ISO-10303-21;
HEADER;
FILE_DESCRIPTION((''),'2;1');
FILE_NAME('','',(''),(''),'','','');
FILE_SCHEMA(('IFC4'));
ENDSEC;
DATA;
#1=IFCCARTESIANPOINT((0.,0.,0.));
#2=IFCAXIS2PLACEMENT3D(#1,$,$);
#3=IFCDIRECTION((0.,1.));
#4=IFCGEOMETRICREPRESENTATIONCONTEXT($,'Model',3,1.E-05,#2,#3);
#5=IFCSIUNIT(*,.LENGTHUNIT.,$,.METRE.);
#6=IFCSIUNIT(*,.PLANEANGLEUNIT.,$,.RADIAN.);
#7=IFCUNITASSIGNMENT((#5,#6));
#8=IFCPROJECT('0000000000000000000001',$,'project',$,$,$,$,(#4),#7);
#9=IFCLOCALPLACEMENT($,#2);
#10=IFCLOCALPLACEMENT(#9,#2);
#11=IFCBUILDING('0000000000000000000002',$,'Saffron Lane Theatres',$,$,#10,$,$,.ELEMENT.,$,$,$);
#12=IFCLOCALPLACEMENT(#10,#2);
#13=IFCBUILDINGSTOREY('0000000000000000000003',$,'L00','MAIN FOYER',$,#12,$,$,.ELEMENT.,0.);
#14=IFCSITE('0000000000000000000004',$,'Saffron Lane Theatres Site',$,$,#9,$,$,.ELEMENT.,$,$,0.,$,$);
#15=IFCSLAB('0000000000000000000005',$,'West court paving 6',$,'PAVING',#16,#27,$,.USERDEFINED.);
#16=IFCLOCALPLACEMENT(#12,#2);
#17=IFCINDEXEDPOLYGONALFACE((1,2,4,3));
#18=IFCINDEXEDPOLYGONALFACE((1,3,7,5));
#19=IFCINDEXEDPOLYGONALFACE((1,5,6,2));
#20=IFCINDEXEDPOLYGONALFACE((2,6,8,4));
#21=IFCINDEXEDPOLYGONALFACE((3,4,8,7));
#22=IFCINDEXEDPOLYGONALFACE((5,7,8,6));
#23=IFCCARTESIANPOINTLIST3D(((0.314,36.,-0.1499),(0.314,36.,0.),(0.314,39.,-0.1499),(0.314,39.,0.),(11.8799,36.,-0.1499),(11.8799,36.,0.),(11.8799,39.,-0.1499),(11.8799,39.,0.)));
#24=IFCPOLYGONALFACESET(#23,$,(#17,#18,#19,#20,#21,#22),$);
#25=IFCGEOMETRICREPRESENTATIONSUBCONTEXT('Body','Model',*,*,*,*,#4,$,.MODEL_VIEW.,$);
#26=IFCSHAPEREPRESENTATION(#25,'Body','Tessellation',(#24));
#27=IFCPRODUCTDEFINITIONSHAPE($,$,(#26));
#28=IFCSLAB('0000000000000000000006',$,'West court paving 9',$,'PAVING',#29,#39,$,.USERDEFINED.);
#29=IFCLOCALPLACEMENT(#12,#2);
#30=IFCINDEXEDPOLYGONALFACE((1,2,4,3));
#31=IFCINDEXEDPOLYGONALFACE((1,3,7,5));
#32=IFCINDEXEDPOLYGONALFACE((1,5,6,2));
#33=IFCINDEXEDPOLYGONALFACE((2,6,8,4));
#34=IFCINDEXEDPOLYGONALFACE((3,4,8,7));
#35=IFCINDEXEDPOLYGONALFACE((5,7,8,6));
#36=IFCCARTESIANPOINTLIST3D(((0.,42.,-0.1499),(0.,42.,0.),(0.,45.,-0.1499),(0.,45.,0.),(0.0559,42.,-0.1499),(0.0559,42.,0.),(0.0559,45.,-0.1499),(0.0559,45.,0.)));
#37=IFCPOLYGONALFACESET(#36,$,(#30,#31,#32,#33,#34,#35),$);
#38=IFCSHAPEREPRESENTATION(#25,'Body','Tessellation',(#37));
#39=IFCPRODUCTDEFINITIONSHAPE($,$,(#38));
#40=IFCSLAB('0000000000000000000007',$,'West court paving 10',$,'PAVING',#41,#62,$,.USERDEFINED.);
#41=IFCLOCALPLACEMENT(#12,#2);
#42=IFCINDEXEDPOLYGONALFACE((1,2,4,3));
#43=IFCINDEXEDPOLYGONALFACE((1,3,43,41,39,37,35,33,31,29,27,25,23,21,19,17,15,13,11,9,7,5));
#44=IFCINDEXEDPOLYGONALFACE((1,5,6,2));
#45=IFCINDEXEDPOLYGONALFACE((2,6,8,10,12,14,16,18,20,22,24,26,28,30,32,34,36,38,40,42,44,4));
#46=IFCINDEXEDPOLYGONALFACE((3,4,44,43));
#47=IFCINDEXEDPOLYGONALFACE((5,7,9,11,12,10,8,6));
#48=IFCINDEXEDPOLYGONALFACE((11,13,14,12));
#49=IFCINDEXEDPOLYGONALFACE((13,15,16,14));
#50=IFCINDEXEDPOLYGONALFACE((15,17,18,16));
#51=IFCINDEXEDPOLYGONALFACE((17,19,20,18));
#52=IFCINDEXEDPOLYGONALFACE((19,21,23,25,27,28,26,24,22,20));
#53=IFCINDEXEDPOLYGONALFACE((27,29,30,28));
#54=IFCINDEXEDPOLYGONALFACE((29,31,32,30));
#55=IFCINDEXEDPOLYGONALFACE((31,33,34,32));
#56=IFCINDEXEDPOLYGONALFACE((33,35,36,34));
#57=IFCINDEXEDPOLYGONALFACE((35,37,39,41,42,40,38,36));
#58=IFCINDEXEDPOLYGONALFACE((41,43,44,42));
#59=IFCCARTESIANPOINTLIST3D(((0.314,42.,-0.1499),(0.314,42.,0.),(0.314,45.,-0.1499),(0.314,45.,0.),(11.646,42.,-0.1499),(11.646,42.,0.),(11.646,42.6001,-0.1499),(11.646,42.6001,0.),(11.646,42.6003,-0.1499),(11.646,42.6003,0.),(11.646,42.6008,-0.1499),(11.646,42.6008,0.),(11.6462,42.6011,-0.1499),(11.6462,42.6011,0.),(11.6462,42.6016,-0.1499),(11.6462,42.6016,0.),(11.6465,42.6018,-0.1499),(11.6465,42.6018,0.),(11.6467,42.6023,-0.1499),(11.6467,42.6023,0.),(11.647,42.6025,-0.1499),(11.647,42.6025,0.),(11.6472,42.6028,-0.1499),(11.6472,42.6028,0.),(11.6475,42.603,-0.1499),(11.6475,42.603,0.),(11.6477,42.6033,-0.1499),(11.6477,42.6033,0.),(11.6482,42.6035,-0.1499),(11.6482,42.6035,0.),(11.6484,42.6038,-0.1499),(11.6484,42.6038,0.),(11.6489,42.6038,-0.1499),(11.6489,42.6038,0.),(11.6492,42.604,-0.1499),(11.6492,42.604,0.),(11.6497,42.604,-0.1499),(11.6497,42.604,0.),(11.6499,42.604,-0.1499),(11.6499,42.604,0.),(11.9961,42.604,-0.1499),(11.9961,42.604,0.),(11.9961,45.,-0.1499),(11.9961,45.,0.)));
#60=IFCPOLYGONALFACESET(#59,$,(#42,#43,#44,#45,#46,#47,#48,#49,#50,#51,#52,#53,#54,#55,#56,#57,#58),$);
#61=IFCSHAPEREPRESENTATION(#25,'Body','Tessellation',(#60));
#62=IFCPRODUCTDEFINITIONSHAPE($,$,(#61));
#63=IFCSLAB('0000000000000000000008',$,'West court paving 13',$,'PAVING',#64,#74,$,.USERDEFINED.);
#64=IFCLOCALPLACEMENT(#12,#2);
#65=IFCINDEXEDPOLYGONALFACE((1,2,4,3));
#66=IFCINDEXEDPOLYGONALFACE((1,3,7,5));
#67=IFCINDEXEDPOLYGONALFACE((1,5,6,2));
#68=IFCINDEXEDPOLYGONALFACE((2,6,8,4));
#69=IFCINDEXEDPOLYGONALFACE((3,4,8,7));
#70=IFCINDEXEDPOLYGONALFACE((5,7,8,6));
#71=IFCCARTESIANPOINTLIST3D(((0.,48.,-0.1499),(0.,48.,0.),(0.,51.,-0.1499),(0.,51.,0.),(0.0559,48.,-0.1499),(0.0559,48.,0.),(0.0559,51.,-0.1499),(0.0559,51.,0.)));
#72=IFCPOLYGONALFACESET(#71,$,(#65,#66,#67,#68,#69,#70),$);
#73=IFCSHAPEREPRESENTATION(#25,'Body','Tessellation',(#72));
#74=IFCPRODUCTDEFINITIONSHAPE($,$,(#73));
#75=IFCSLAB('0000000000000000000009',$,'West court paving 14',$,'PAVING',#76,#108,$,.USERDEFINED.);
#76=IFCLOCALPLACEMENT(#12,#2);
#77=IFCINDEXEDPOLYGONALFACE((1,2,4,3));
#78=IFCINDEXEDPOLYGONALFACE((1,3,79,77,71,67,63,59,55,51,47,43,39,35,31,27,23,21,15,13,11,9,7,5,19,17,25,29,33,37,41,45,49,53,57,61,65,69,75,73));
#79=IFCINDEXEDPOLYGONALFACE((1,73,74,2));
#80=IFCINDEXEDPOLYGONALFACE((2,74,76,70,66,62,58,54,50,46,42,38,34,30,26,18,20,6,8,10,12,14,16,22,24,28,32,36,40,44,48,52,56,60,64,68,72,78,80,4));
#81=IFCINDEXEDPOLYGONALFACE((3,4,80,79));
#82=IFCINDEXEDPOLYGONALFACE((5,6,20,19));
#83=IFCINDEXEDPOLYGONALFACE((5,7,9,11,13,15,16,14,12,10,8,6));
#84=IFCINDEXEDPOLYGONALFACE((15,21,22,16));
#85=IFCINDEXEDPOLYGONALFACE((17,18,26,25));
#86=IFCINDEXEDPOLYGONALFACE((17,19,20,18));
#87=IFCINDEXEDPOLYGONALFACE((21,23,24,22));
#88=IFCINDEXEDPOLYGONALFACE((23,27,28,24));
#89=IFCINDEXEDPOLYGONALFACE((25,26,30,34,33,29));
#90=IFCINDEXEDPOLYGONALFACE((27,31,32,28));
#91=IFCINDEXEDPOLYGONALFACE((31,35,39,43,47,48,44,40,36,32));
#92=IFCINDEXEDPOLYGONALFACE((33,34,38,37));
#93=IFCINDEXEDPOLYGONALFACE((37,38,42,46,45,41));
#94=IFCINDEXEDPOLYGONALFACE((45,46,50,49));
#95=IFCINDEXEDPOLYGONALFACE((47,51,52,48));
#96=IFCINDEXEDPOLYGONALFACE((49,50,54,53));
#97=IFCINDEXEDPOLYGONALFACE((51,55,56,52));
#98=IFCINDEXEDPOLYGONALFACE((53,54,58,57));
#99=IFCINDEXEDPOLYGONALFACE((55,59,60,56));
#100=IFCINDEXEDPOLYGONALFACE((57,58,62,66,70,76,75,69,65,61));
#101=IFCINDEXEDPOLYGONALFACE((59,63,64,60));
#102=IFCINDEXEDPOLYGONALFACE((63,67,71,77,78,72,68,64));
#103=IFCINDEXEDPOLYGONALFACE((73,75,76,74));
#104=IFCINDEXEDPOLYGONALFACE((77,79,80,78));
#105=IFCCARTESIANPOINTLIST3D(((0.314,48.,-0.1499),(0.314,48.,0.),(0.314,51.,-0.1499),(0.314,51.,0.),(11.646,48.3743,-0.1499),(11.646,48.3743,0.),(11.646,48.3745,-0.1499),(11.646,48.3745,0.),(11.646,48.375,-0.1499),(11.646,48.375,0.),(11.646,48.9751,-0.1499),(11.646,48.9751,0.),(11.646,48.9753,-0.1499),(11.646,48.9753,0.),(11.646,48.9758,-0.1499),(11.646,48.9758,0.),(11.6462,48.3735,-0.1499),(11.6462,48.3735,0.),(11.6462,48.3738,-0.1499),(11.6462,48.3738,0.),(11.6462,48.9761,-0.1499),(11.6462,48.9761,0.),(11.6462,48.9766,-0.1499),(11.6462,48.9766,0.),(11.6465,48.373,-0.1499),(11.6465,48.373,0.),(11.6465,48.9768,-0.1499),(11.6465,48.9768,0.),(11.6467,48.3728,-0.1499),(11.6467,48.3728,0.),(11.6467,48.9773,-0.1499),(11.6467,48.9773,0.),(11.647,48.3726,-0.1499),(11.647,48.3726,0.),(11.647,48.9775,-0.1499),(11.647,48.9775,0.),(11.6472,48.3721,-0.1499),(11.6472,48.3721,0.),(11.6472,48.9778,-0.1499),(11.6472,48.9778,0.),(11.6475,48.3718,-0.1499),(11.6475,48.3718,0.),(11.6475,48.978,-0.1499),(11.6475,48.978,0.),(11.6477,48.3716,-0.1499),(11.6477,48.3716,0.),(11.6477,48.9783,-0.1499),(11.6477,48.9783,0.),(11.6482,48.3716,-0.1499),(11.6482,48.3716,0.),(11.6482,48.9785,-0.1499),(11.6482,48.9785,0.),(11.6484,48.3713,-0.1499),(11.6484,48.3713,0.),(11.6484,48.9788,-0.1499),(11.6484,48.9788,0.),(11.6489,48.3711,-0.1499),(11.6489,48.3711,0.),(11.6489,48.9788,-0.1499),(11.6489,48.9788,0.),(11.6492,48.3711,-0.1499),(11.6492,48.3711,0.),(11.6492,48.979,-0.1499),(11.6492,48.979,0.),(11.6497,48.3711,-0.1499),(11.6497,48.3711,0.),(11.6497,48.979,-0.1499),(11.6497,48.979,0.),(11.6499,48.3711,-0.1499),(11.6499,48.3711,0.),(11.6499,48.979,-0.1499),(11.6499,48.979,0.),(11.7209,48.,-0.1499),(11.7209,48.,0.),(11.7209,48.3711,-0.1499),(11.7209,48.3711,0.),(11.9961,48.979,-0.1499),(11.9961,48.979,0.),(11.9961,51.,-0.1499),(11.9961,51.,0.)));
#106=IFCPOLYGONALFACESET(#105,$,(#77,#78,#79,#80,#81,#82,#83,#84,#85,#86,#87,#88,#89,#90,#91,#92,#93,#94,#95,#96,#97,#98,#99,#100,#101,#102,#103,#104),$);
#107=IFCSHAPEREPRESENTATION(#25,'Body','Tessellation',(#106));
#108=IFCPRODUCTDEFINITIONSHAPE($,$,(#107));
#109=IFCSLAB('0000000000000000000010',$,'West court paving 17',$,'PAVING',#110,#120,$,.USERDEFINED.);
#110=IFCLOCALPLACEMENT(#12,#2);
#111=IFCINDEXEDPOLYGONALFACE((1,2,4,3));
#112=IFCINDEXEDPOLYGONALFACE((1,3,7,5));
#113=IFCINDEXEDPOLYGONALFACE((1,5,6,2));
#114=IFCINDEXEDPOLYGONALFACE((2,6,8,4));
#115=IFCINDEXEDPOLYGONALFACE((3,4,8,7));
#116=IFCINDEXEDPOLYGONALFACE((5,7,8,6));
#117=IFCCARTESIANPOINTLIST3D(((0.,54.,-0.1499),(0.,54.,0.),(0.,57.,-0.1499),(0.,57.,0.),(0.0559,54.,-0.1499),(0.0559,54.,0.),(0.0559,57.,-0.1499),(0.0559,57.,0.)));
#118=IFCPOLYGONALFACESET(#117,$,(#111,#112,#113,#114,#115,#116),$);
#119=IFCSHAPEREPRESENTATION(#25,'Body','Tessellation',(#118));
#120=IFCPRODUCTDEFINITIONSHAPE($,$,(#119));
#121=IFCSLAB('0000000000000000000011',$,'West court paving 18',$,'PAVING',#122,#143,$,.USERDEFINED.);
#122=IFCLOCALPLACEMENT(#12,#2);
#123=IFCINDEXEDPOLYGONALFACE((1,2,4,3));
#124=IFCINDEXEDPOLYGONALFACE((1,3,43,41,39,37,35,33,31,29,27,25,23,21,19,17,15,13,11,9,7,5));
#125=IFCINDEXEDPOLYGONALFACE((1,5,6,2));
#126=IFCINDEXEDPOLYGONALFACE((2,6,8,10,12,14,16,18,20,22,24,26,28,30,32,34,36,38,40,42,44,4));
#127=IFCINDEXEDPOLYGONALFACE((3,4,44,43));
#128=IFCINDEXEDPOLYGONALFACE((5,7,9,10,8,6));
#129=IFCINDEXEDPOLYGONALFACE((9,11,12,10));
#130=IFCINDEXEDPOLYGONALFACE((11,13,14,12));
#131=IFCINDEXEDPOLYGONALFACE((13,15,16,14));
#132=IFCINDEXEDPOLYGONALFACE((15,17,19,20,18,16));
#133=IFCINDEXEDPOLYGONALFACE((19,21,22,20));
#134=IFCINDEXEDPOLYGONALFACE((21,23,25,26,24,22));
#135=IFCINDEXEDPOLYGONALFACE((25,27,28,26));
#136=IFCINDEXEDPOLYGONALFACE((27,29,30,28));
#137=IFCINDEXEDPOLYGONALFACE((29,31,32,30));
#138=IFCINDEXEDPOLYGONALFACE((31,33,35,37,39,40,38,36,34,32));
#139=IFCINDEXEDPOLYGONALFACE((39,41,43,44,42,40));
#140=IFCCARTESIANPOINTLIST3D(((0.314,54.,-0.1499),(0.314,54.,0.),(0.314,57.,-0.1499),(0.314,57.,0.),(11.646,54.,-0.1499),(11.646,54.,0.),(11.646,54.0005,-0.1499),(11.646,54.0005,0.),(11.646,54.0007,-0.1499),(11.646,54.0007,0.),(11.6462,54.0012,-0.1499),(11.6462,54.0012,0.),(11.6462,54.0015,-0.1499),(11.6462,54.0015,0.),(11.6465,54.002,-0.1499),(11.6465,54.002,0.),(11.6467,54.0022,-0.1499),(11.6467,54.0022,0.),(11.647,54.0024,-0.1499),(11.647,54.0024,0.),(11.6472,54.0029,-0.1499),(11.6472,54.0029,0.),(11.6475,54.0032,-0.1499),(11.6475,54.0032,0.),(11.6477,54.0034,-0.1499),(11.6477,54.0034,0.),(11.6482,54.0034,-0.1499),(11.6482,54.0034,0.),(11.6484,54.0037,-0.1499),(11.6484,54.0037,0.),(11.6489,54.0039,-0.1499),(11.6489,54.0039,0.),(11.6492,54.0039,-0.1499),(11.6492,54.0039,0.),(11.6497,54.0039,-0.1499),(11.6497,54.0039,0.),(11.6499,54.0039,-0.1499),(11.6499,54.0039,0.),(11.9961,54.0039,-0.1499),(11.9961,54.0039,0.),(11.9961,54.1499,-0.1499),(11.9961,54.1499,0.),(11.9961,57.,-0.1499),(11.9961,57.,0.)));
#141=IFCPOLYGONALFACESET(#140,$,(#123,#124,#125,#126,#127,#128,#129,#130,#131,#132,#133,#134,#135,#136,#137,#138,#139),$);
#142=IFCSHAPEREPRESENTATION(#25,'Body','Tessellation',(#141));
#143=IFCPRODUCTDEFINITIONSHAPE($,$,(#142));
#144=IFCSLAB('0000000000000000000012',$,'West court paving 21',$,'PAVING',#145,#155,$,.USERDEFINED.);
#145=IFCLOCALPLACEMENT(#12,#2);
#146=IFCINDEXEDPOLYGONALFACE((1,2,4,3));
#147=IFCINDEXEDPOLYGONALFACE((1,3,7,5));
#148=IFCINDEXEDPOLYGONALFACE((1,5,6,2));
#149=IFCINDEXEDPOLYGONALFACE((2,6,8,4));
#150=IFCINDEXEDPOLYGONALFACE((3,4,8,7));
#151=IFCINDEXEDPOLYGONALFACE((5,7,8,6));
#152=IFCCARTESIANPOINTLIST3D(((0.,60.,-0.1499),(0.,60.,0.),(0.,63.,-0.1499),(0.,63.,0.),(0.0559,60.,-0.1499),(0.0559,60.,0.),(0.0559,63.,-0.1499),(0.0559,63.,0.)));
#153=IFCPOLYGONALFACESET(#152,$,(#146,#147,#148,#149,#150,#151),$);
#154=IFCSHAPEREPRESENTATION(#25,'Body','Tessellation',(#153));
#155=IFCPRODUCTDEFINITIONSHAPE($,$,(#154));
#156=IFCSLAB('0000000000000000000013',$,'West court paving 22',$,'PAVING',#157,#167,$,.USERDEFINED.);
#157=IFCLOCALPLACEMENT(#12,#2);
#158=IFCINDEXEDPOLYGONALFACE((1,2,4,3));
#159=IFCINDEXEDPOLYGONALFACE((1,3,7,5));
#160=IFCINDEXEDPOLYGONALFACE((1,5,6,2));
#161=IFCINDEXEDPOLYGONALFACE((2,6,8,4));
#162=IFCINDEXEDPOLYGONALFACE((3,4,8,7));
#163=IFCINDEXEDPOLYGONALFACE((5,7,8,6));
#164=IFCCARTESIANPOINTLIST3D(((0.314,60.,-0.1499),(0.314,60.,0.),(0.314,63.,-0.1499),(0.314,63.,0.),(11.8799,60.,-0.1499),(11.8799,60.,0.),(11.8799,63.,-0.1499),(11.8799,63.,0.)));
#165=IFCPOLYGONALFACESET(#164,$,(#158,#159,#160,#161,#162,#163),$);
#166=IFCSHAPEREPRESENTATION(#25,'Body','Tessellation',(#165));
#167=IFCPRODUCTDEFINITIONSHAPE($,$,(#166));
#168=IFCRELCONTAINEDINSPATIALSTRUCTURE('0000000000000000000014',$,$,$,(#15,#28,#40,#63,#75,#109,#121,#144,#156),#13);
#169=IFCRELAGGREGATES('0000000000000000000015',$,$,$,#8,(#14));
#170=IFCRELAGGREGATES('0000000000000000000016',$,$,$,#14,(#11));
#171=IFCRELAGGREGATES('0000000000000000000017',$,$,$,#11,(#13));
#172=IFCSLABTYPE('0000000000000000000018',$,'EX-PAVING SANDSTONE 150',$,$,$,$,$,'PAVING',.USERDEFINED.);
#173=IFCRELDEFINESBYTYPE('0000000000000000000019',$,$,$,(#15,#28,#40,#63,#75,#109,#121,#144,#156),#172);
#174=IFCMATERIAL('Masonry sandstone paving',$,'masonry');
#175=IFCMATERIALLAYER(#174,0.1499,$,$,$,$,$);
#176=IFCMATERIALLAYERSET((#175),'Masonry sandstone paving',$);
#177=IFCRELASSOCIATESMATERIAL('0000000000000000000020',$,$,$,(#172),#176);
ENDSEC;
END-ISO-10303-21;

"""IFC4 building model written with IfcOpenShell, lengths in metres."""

from ifc_helpers import new_model, si_unit, direction, frame, origin, place, context, subcontext, project, spatial, polyline, outline, extrude, material, layer, layer_set, type_object, element, save


model = new_model("IFC4")

# Units and contexts
model_context = context("Model", 3, precision=1e-05, world=origin(), true_north=direction((0.0, 1.0)))
body_context = subcontext(model_context, "Body", "Model", "MODEL_VIEW")
ifc_project = project(units=[si_unit("LENGTHUNIT", "METRE"), si_unit("PLANEANGLEUNIT", "RADIAN")], contexts=[model_context])

# Site, building, storey
site_placement = place(None, origin())
site = spatial("IfcSite", under=ifc_project, at=site_placement, Name="Saffron Lane Theatres Site", CompositionType="ELEMENT", RefElevation=0.0)
building_placement = place(site_placement, origin())
building = spatial("IfcBuilding", under=site, at=building_placement, Name="Saffron Lane Theatres", CompositionType="ELEMENT")
storey_placement = place(building_placement, origin())
storey = spatial("IfcBuildingStorey", under=building, at=storey_placement, Name="L00", Description="MAIN FOYER", CompositionType="ELEMENT", Elevation=0.0)

# Slabs
ifc_material_1 = material(Name="Masonry sandstone paving", Category="masonry")
ifc_layer_1 = layer(ifc_material_1, 0.1499)
ifc_layer_set_1 = layer_set([ifc_layer_1], Name="Masonry sandstone paving")
slab_type_1 = type_object("IfcSlabType", Name="EX-PAVING SANDSTONE 150", ElementType="PAVING", PredefinedType="USERDEFINED", material=ifc_layer_set_1)
slab_1_placement = place(storey_placement, frame((0.0, 0.0, -0.1499)))
element("IfcSlab", 1, at=slab_1_placement, inside=storey, type_object=slab_type_1, Name="West court paving 6", ObjectType="PAVING", PredefinedType="USERDEFINED", context=body_context, shape_type="SweptSolid", body=[
    extrude(outline(polyline([(11.8799, 36.0), (11.8799, 39.0), (0.314, 39.0), (0.314, 36.0), (11.8799, 36.0)])), origin(), (0.0, 0.0, 1.0), 0.1499),
])
slab_2_placement = place(storey_placement, frame((0.0, 0.0, -0.1499)))
element("IfcSlab", 2, at=slab_2_placement, inside=storey, type_object=slab_type_1, Name="West court paving 9", ObjectType="PAVING", PredefinedType="USERDEFINED", context=body_context, shape_type="SweptSolid", body=[
    extrude(outline(polyline([(0.0559, 42.0), (0.0559, 45.0), (0.0, 45.0), (0.0, 42.0), (0.0559, 42.0)])), origin(), (0.0, 0.0, 1.0), 0.1499),
])
slab_3_placement = place(storey_placement, frame((0.0, 0.0, -0.1499)))
element("IfcSlab", 3, at=slab_3_placement, inside=storey, type_object=slab_type_1, Name="West court paving 10", ObjectType="PAVING", PredefinedType="USERDEFINED", context=body_context, shape_type="SweptSolid", body=[
    extrude(outline(polyline([(11.9961, 42.604), (11.9961, 45.0), (0.314, 45.0), (0.314, 42.0), (11.646, 42.0), (11.646, 42.6001), (11.646, 42.6003), (11.646, 42.6008), (11.6462, 42.6011), (11.6462, 42.6016), (11.6465, 42.6018), (11.6467, 42.6023), (11.647, 42.6025), (11.6472, 42.6028), (11.6475, 42.603), (11.6477, 42.6033), (11.6482, 42.6035), (11.6484, 42.6038), (11.6489, 42.6038), (11.6492, 42.604), (11.6497, 42.604), (11.6499, 42.604), (11.9961, 42.604)])), origin(), (0.0, 0.0, 1.0), 0.1499),
])
slab_4_placement = place(storey_placement, frame((0.0, 0.0, -0.1499)))
element("IfcSlab", 4, at=slab_4_placement, inside=storey, type_object=slab_type_1, Name="West court paving 13", ObjectType="PAVING", PredefinedType="USERDEFINED", context=body_context, shape_type="SweptSolid", body=[
    extrude(outline(polyline([(0.0559, 48.0), (0.0559, 51.0), (0.0, 51.0), (0.0, 48.0), (0.0559, 48.0)])), origin(), (0.0, 0.0, 1.0), 0.1499),
])
slab_5_placement = place(storey_placement, frame((0.0, 0.0, -0.1499)))
element("IfcSlab", 5, at=slab_5_placement, inside=storey, type_object=slab_type_1, Name="West court paving 14", ObjectType="PAVING", PredefinedType="USERDEFINED", context=body_context, shape_type="SweptSolid", body=[
    extrude(outline(polyline([(11.9961, 48.979), (11.9961, 51.0), (0.314, 51.0), (0.314, 48.0), (11.7209, 48.0), (11.7209, 48.3711), (11.6499, 48.3711), (11.6497, 48.3711), (11.6492, 48.3711), (11.6489, 48.3711), (11.6484, 48.3713), (11.6482, 48.3716), (11.6477, 48.3716), (11.6475, 48.3718), (11.6472, 48.3721), (11.647, 48.3726), (11.6467, 48.3728), (11.6465, 48.373), (11.6462, 48.3735), (11.6462, 48.3738), (11.646, 48.3743), (11.646, 48.3745), (11.646, 48.375), (11.646, 48.9751), (11.646, 48.9753), (11.646, 48.9758), (11.6462, 48.9761), (11.6462, 48.9766), (11.6465, 48.9768), (11.6467, 48.9773), (11.647, 48.9775), (11.6472, 48.9778), (11.6475, 48.978), (11.6477, 48.9783), (11.6482, 48.9785), (11.6484, 48.9788), (11.6489, 48.9788), (11.6492, 48.979), (11.6497, 48.979), (11.6499, 48.979), (11.9961, 48.979)])), origin(), (0.0, 0.0, 1.0), 0.1499),
])
slab_6_placement = place(storey_placement, frame((0.0, 0.0, -0.1499)))
element("IfcSlab", 6, at=slab_6_placement, inside=storey, type_object=slab_type_1, Name="West court paving 17", ObjectType="PAVING", PredefinedType="USERDEFINED", context=body_context, shape_type="SweptSolid", body=[
    extrude(outline(polyline([(0.0559, 54.0), (0.0559, 57.0), (0.0, 57.0), (0.0, 54.0), (0.0559, 54.0)])), origin(), (0.0, 0.0, 1.0), 0.1499),
])
slab_7_placement = place(storey_placement, frame((0.0, 0.0, -0.1499)))
element("IfcSlab", 7, at=slab_7_placement, inside=storey, type_object=slab_type_1, Name="West court paving 18", ObjectType="PAVING", PredefinedType="USERDEFINED", context=body_context, shape_type="SweptSolid", body=[
    extrude(outline(polyline([(11.9961, 54.1499), (11.9961, 57.0), (0.314, 57.0), (0.314, 54.0), (11.646, 54.0), (11.646, 54.0005), (11.646, 54.0007), (11.6462, 54.0012), (11.6462, 54.0015), (11.6465, 54.002), (11.6467, 54.0022), (11.647, 54.0024), (11.6472, 54.0029), (11.6475, 54.0032), (11.6477, 54.0034), (11.6482, 54.0034), (11.6484, 54.0037), (11.6489, 54.0039), (11.6492, 54.0039), (11.6497, 54.0039), (11.6499, 54.0039), (11.9961, 54.0039), (11.9961, 54.1499), (11.9961, 54.1499)])), origin(), (0.0, 0.0, 1.0), 0.1499),
])
slab_8_placement = place(storey_placement, frame((0.0, 0.0, -0.1499)))
element("IfcSlab", 8, at=slab_8_placement, inside=storey, type_object=slab_type_1, Name="West court paving 21", ObjectType="PAVING", PredefinedType="USERDEFINED", context=body_context, shape_type="SweptSolid", body=[
    extrude(outline(polyline([(0.0559, 60.0), (0.0559, 63.0), (0.0, 63.0), (0.0, 60.0), (0.0559, 60.0)])), origin(), (0.0, 0.0, 1.0), 0.1499),
])
slab_9_placement = place(storey_placement, frame((0.0, 0.0, -0.1499)))
element("IfcSlab", 9, at=slab_9_placement, inside=storey, type_object=slab_type_1, Name="West court paving 22", ObjectType="PAVING", PredefinedType="USERDEFINED", context=body_context, shape_type="SweptSolid", body=[
    extrude(outline(polyline([(11.8799, 60.0), (11.8799, 63.0), (0.314, 63.0), (0.314, 60.0), (11.8799, 60.0)])), origin(), (0.0, 0.0, 1.0), 0.1499),
])

save(model, "model.ifc")
